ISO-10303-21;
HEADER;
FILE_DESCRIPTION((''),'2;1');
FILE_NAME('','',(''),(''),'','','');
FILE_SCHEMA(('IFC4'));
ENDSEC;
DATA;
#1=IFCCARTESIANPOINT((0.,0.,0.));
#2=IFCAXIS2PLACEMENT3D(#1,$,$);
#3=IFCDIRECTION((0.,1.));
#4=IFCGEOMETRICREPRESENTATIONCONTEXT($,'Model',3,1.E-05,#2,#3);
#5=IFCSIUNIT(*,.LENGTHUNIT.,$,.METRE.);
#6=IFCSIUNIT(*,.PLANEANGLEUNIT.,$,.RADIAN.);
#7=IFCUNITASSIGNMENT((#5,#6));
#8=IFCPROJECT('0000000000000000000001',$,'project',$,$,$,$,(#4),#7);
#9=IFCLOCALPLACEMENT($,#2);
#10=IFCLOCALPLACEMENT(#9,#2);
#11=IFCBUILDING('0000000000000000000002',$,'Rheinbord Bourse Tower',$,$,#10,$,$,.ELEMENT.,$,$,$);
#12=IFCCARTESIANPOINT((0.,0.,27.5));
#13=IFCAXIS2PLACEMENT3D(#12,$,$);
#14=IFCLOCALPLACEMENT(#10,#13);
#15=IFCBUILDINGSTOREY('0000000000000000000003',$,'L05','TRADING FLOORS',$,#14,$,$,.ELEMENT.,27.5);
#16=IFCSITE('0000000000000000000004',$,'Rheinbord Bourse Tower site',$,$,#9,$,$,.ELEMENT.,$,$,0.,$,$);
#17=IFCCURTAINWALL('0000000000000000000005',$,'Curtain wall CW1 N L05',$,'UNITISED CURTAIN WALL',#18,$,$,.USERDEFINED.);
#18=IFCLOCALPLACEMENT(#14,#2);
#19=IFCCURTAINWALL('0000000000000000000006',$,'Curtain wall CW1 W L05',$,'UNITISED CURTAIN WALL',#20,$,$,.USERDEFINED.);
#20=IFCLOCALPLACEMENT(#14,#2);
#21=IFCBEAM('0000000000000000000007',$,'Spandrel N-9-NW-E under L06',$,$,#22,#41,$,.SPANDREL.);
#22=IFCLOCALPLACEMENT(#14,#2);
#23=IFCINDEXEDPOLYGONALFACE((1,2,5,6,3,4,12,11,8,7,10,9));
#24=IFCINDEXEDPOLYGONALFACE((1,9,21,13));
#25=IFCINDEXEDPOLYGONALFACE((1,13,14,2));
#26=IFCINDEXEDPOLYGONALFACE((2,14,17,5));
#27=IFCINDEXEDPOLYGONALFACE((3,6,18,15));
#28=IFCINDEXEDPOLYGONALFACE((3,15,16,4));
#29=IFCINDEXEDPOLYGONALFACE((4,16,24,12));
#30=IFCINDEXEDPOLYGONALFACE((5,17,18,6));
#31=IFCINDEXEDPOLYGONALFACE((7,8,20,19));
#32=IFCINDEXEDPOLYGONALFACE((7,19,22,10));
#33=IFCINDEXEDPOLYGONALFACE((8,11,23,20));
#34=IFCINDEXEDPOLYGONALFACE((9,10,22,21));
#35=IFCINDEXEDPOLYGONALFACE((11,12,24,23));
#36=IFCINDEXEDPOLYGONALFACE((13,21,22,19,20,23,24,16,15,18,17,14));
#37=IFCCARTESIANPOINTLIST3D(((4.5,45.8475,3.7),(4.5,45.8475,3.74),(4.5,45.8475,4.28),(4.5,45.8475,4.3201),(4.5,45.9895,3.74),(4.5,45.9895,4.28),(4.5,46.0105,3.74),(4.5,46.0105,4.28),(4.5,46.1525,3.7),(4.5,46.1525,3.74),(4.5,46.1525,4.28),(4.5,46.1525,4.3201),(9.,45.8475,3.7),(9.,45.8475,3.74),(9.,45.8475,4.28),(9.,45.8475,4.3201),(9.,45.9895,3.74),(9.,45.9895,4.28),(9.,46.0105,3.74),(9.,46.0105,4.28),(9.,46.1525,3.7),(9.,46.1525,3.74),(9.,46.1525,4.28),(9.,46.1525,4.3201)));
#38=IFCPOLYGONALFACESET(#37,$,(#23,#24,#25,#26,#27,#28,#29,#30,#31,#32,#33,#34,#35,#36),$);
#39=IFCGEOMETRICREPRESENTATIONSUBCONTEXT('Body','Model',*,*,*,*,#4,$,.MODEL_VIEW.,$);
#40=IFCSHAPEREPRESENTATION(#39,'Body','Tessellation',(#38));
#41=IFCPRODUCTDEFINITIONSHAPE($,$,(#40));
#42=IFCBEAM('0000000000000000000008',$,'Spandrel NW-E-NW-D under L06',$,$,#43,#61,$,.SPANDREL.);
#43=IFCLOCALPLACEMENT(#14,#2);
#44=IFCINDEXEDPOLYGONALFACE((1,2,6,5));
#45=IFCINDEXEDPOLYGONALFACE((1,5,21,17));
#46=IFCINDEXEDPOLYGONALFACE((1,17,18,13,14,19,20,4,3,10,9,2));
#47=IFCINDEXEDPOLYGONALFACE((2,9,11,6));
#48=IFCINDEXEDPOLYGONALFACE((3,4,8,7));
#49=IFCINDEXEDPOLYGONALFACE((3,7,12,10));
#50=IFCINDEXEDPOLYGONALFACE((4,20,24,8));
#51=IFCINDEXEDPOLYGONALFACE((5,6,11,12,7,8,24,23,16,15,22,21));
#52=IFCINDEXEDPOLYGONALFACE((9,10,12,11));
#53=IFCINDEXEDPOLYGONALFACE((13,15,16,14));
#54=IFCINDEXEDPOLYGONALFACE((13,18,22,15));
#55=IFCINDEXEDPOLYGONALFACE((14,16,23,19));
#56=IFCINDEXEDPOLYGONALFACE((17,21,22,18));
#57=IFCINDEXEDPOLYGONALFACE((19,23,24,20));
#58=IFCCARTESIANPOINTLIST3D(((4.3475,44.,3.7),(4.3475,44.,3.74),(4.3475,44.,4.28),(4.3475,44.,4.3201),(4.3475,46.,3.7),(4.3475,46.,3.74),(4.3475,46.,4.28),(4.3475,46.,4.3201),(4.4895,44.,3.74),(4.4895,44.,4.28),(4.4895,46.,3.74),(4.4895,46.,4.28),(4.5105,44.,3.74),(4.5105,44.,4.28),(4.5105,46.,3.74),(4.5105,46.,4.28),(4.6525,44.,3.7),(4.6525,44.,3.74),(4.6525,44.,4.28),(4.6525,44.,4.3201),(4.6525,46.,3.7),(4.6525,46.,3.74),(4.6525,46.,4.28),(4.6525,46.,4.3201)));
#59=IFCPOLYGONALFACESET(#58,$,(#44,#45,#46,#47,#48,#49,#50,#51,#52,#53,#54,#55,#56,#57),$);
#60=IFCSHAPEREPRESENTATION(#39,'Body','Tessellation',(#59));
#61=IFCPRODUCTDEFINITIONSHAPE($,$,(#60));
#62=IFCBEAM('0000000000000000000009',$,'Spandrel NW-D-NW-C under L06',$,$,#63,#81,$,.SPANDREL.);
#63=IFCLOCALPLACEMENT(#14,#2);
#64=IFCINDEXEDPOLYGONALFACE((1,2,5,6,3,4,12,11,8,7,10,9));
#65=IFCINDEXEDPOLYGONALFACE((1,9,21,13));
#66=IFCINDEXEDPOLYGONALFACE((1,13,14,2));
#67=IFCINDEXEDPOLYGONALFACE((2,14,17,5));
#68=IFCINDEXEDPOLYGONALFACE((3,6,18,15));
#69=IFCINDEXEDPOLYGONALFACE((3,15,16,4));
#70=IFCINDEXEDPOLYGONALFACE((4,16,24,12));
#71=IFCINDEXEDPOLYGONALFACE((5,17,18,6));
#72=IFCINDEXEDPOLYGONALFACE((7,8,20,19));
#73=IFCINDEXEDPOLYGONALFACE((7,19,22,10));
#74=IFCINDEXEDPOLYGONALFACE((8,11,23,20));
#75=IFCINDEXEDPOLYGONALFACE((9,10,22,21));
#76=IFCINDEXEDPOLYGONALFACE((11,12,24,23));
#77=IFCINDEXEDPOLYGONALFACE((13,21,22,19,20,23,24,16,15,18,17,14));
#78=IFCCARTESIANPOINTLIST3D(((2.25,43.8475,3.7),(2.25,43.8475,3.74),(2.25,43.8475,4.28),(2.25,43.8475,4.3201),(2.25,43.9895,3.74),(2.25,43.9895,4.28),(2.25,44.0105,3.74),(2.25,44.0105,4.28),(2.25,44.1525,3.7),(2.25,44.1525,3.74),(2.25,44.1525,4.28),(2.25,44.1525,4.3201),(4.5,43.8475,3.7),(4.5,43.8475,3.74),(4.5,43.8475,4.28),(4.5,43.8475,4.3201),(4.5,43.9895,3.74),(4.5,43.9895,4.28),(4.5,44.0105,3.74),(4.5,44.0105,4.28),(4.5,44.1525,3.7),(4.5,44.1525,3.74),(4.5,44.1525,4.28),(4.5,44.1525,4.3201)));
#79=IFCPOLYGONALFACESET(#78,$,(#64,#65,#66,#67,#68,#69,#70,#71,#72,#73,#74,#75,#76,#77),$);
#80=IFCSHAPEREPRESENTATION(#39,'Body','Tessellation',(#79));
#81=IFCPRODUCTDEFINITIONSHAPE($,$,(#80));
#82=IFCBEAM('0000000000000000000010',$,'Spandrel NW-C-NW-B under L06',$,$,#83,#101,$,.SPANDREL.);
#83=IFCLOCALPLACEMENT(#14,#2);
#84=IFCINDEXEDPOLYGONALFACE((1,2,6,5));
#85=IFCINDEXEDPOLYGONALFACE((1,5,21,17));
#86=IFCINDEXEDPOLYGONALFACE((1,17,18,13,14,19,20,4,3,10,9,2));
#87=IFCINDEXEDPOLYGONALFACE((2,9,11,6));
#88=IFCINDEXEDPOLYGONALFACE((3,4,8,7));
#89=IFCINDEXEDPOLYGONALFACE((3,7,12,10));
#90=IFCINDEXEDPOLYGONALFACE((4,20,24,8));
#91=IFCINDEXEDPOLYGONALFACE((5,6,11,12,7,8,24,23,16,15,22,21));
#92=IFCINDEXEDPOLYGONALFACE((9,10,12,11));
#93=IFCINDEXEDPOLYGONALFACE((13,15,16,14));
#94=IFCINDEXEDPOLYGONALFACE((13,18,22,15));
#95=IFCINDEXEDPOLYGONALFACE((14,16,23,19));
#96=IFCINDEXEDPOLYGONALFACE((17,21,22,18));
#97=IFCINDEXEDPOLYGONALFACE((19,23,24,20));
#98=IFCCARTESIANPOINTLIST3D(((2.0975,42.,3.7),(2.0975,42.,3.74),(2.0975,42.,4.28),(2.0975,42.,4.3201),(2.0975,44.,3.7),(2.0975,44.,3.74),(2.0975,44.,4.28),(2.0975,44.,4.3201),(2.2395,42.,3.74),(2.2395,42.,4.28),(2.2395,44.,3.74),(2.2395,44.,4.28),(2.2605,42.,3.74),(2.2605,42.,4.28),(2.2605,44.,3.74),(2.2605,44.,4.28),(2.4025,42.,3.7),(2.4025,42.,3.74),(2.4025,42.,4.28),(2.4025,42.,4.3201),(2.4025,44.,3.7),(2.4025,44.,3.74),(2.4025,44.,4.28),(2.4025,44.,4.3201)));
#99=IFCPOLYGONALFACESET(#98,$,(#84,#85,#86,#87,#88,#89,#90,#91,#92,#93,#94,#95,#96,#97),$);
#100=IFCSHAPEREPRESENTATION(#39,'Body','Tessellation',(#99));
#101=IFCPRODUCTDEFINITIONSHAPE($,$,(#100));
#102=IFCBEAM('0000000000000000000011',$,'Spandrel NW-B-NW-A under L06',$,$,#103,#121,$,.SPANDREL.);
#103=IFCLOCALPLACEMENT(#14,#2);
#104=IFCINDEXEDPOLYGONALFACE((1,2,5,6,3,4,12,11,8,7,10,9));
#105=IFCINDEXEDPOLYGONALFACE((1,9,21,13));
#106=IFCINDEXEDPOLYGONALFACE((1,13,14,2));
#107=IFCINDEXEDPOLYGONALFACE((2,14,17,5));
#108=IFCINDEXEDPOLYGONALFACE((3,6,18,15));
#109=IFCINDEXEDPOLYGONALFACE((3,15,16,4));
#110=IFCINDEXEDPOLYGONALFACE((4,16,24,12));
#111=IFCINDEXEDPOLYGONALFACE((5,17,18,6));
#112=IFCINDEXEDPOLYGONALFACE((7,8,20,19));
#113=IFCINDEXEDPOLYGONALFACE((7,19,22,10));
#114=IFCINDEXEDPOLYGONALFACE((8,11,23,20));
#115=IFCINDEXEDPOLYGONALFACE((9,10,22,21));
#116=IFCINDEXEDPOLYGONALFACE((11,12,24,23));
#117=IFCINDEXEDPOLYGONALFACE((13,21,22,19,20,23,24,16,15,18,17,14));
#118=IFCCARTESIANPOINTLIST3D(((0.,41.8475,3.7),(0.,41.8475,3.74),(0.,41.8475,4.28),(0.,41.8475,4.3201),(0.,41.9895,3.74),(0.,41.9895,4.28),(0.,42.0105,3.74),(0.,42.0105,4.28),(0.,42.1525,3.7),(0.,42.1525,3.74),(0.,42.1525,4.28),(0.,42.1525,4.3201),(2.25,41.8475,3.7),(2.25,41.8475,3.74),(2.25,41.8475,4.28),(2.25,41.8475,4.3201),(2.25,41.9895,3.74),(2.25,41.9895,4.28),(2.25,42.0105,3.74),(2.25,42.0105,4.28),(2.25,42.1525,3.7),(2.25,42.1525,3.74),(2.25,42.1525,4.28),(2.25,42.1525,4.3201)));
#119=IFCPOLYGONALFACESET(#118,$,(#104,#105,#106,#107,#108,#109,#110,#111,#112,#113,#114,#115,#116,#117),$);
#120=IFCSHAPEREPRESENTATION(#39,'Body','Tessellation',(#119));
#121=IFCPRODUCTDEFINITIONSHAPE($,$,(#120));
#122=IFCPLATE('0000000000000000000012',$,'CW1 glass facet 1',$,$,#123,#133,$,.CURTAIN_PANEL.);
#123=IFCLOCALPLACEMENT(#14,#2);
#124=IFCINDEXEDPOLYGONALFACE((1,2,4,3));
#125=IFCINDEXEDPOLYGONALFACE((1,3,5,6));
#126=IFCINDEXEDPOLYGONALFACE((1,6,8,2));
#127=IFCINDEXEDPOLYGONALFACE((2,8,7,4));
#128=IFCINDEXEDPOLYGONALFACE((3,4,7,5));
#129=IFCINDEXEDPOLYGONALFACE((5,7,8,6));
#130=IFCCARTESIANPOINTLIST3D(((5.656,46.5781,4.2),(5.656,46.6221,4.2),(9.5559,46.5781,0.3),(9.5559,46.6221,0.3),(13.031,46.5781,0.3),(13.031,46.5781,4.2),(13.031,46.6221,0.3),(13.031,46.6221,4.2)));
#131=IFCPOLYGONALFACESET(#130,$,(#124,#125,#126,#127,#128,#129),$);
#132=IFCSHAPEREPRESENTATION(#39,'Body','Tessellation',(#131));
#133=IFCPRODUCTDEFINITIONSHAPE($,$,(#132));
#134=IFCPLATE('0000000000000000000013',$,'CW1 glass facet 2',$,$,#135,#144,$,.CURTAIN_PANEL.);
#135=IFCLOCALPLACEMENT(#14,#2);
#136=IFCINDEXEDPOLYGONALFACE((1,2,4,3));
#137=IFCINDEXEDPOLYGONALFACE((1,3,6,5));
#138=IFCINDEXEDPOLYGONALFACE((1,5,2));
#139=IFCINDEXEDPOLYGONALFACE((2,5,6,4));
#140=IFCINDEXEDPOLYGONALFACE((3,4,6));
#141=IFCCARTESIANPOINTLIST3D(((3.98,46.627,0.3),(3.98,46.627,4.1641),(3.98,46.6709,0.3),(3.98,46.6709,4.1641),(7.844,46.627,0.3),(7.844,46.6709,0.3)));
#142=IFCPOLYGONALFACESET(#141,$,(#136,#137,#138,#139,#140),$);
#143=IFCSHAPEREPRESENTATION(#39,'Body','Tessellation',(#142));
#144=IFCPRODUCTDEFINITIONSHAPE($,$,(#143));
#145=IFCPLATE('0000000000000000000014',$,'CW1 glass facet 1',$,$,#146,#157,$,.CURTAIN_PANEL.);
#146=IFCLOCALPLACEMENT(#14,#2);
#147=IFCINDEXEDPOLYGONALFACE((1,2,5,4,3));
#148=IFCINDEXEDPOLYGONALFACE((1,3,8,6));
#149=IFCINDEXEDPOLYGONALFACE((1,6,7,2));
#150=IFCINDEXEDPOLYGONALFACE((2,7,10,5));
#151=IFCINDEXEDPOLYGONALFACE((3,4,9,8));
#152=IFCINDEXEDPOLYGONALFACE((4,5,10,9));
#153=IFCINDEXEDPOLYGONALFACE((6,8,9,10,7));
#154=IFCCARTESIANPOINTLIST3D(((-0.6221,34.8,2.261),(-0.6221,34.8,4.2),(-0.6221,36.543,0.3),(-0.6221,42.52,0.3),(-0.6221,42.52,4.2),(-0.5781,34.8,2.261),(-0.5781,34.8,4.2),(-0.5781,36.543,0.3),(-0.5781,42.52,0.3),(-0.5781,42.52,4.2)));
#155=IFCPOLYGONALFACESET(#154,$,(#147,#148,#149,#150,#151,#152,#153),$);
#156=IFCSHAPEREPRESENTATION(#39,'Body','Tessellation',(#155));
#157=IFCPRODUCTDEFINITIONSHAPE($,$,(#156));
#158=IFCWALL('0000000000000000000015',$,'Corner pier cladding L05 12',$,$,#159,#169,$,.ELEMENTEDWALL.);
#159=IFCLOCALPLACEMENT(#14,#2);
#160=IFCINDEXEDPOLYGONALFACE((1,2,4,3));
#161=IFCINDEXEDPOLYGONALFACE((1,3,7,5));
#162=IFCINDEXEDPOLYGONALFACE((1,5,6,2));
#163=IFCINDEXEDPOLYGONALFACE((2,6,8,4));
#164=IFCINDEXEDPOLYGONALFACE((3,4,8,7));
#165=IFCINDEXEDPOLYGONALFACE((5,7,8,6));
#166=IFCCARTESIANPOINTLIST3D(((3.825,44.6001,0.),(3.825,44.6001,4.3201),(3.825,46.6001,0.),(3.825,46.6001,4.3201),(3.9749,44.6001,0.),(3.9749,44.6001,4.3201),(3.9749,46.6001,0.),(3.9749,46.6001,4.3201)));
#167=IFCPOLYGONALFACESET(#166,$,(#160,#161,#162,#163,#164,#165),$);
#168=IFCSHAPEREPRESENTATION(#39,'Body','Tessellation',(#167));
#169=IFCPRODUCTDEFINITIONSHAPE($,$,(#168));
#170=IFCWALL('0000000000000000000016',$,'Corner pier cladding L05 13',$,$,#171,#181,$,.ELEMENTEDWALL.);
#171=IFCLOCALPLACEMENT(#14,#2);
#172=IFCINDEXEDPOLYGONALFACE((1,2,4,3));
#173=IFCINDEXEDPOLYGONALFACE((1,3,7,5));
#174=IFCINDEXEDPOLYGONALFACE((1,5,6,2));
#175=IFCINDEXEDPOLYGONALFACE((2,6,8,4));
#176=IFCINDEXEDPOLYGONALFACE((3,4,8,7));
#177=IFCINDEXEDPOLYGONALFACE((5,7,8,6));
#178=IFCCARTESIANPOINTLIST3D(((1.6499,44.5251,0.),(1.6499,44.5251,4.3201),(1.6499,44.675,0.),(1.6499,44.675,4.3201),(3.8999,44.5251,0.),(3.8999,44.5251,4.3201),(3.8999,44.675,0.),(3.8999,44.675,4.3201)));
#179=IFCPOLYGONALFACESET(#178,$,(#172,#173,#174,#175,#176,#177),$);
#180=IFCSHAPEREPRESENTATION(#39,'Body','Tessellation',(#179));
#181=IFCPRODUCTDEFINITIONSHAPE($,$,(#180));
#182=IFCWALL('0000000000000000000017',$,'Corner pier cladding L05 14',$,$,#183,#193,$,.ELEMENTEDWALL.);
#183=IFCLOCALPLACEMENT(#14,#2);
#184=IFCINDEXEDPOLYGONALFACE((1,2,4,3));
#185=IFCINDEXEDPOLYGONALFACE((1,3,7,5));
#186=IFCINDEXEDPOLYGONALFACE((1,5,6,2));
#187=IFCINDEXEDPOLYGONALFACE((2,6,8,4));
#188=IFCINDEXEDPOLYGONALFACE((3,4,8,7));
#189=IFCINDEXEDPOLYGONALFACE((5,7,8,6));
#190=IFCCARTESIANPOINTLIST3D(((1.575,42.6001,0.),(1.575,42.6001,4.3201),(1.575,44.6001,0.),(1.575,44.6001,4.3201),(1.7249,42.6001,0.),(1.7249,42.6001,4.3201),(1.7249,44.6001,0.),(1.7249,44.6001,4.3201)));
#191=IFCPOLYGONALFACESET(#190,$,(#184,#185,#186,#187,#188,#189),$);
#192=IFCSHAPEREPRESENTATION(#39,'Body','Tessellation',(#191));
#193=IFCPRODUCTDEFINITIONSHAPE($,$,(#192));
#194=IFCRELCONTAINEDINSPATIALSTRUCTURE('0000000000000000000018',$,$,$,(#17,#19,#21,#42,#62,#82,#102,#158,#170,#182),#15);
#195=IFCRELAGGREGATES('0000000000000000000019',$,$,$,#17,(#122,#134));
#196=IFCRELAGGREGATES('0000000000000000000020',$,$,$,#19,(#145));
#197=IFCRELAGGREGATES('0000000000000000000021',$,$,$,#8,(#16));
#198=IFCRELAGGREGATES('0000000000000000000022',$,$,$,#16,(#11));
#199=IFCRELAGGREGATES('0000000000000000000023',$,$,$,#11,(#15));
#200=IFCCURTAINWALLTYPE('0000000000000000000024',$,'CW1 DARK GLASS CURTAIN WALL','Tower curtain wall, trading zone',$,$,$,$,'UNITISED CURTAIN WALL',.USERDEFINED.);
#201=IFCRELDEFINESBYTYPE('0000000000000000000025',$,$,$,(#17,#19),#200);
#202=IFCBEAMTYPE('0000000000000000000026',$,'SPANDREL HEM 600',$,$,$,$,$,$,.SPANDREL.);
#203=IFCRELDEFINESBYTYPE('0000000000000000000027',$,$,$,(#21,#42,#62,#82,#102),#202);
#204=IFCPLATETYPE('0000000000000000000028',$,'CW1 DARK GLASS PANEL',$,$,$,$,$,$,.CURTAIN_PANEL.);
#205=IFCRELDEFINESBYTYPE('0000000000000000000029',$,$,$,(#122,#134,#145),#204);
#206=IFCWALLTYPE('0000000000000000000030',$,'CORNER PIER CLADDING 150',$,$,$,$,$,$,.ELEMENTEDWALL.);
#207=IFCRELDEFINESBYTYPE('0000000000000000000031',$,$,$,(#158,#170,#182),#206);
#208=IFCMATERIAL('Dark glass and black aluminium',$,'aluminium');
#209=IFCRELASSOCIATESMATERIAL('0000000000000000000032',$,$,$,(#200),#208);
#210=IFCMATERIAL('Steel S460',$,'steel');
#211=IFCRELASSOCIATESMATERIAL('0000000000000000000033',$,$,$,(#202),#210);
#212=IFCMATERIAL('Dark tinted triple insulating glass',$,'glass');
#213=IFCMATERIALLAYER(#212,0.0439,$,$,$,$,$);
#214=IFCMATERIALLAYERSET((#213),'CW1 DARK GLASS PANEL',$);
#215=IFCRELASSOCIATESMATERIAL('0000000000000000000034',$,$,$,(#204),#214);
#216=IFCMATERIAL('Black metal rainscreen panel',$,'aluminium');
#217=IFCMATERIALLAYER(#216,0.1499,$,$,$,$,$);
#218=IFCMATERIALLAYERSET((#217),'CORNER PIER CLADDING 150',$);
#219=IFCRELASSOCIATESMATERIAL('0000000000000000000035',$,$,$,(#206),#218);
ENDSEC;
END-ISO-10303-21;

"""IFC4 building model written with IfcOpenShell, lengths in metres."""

from ifc_helpers import new_model, si_unit, direction, frame, frame_2d, origin, origin_2d, place, context, subcontext, project, spatial, polyline, rectangle, i_section, outline, extrude, material, layer, layer_set, material_profile, profile_set, type_object, element, aggregate, save


model = new_model("IFC4")

# Units and contexts
model_context = context("Model", 3, precision=1e-05, world=origin(), true_north=direction((0.0, 1.0)))
body_context = subcontext(model_context, "Body", "Model", "MODEL_VIEW")
ifc_project = project(units=[si_unit("LENGTHUNIT", "METRE"), si_unit("PLANEANGLEUNIT", "RADIAN")], contexts=[model_context])

# Site, building, storey
site_placement = place(None, origin())
site = spatial("IfcSite", under=ifc_project, at=site_placement, Name="Rheinbord Bourse Tower site", CompositionType="ELEMENT", RefElevation=0.0)
building_placement = place(site_placement, origin())
building = spatial("IfcBuilding", under=site, at=building_placement, Name="Rheinbord Bourse Tower", CompositionType="ELEMENT")
storey_placement = place(building_placement, frame((0.0, 0.0, 27.5)))
storey = spatial("IfcBuildingStorey", under=building, at=storey_placement, Name="L05", Description="TRADING FLOORS", CompositionType="ELEMENT", Elevation=27.5)

# Curtain wall
ifc_material_1 = material(Name="Dark glass and black aluminium", Category="aluminium")
curtain_wall_type = type_object("IfcCurtainWallType", Name="CW1 DARK GLASS CURTAIN WALL", Description="Tower curtain wall, trading zone", ElementType="UNITISED CURTAIN WALL", PredefinedType="USERDEFINED", material=ifc_material_1)
curtain_wall_1_placement = place(storey_placement, origin())
curtain_wall_1 = element("IfcCurtainWall", 1, at=curtain_wall_1_placement, inside=storey, type_object=curtain_wall_type, Name="Curtain wall CW1 N L05", ObjectType="UNITISED CURTAIN WALL", PredefinedType="USERDEFINED")

# Curtain wall
curtain_wall_2_placement = place(storey_placement, origin())
curtain_wall_2 = element("IfcCurtainWall", 2, at=curtain_wall_2_placement, inside=storey, type_object=curtain_wall_type, Name="Curtain wall CW1 W L05", ObjectType="UNITISED CURTAIN WALL", PredefinedType="USERDEFINED")

# Beams
ifc_material_2 = material(Name="Steel S460", Category="steel")
ifc_material_profile_1 = material_profile(ifc_material_2, i_section(OverallWidth=0.3049, OverallDepth=0.6201, WebThickness=0.021, FlangeThickness=0.04, at=origin_2d()), Name="HEM 600")
ifc_profile_set_1 = profile_set([ifc_material_profile_1], Name="Steel S460")
beam_type_1 = type_object("IfcBeamType", Name="SPANDREL HEM 600", PredefinedType="SPANDREL", material=ifc_profile_set_1)
for number, where, z_axis, x_axis, name in (
    (3, (9.0, 46.0, 4.01), (-1.0, 0.0, 0.0), (0.0, -1.0, 0.0), "Spandrel N-9-NW-E under L06"),
):
    element("IfcBeam", number, at=place(storey_placement, frame(where, z_axis=z_axis, x_axis=x_axis)), inside=storey, type_object=beam_type_1, Name=name, PredefinedType="SPANDREL", context=body_context, shape_type="SweptSolid", body=[
        extrude(i_section(OverallWidth=0.3049, OverallDepth=0.6201, WebThickness=0.021, FlangeThickness=0.04, at=origin_2d()), origin(), (0.0, 0.0, 1.0), 4.5),
    ])
beam_1_placement = place(storey_placement, frame((4.5, 46.0, 4.01), z_axis=(0.0, -1.0, 0.0), x_axis=(1.0, 0.0, 0.0)))
element("IfcBeam", 4, at=beam_1_placement, inside=storey, type_object=beam_type_1, Name="Spandrel NW-E-NW-D under L06", PredefinedType="SPANDREL", context=body_context, shape_type="SweptSolid", body=[
    extrude(i_section(OverallWidth=0.3049, OverallDepth=0.6201, WebThickness=0.021, FlangeThickness=0.04, at=origin_2d()), origin(), (0.0, 0.0, 1.0), 2.0),
])
beam_2_placement = place(storey_placement, frame((4.5, 44.0, 4.01), z_axis=(-1.0, 0.0, 0.0), x_axis=(0.0, -1.0, 0.0)))
element("IfcBeam", 5, at=beam_2_placement, inside=storey, type_object=beam_type_1, Name="Spandrel NW-D-NW-C under L06", PredefinedType="SPANDREL", context=body_context, shape_type="SweptSolid", body=[
    extrude(i_section(OverallWidth=0.3049, OverallDepth=0.6201, WebThickness=0.021, FlangeThickness=0.04, at=origin_2d()), origin(), (0.0, 0.0, 1.0), 2.25),
])
beam_3_placement = place(storey_placement, frame((2.25, 44.0, 4.01), z_axis=(0.0, -1.0, 0.0), x_axis=(1.0, 0.0, 0.0)))
element("IfcBeam", 6, at=beam_3_placement, inside=storey, type_object=beam_type_1, Name="Spandrel NW-C-NW-B under L06", PredefinedType="SPANDREL", context=body_context, shape_type="SweptSolid", body=[
    extrude(i_section(OverallWidth=0.3049, OverallDepth=0.6201, WebThickness=0.021, FlangeThickness=0.04, at=origin_2d()), origin(), (0.0, 0.0, 1.0), 2.0),
])
beam_4_placement = place(storey_placement, frame((2.25, 42.0, 4.01), z_axis=(-1.0, 0.0, 0.0), x_axis=(0.0, -1.0, 0.0)))
element("IfcBeam", 7, at=beam_4_placement, inside=storey, type_object=beam_type_1, Name="Spandrel NW-B-NW-A under L06", PredefinedType="SPANDREL", context=body_context, shape_type="SweptSolid", body=[
    extrude(i_section(OverallWidth=0.3049, OverallDepth=0.6201, WebThickness=0.021, FlangeThickness=0.04, at=origin_2d()), origin(), (0.0, 0.0, 1.0), 2.25),
])

# Plates
ifc_material_3 = material(Name="Dark tinted triple insulating glass", Category="glass")
ifc_layer_1 = layer(ifc_material_3, 0.0439)
ifc_layer_set_1 = layer_set([ifc_layer_1], Name="CW1 DARK GLASS PANEL")
plate_type = type_object("IfcPlateType", Name="CW1 DARK GLASS PANEL", PredefinedType="CURTAIN_PANEL", material=ifc_layer_set_1)
plate_1_placement = place(storey_placement, frame((13.031, 46.6221, 0.3), z_axis=(0.0, -1.0, 0.0), x_axis=(0.0, 0.0, 1.0)))
plate_1 = element("IfcPlate", 8, at=plate_1_placement, type_object=plate_type, Name="CW1 glass facet 1", PredefinedType="CURTAIN_PANEL", context=body_context, shape_type="SweptSolid", body=[
    extrude(outline(polyline([(0.0, 0.0), (3.8999, 0.0), (3.8999, 7.375), (0.0, 3.4751), (0.0, 0.0)])), origin(), (0.0, 0.0, 1.0), 0.0439),
])
plate_2_placement = place(storey_placement, frame((3.98, 46.6709, 0.3), z_axis=(0.0, -1.0, 0.0), x_axis=(1.0, 0.0, 0.0)))
plate_2 = element("IfcPlate", 9, at=plate_2_placement, type_object=plate_type, Name="CW1 glass facet 2", PredefinedType="CURTAIN_PANEL", context=body_context, shape_type="SweptSolid", body=[
    extrude(outline(polyline([(0.0, 0.0), (3.864, 0.0), (0.0, 3.864), (0.0, 0.0)])), origin(), (0.0, 0.0, 1.0), 0.0439),
])
aggregate(curtain_wall_1, [plate_1, plate_2])
plate_3_placement = place(storey_placement, frame((-0.6221, 42.52, 0.3), z_axis=(1.0, 0.0, 0.0), x_axis=(0.0, 0.0, 1.0)))
plate_3 = element("IfcPlate", 10, at=plate_3_placement, type_object=plate_type, Name="CW1 glass facet 1", PredefinedType="CURTAIN_PANEL", context=body_context, shape_type="SweptSolid", body=[
    extrude(outline(polyline([(0.0, 0.0), (3.8999, 0.0), (3.8999, 7.72), (1.9609, 7.72), (0.0, 5.9771), (0.0, 0.0)])), origin(), (0.0, 0.0, 1.0), 0.0439),
])
aggregate(curtain_wall_2, [plate_3])

# Walls
ifc_material_4 = material(Name="Black metal rainscreen panel", Category="aluminium")
ifc_layer_2 = layer(ifc_material_4, 0.1499)
ifc_layer_set_2 = layer_set([ifc_layer_2], Name="CORNER PIER CLADDING 150")
wall_type = type_object("IfcWallType", Name="CORNER PIER CLADDING 150", PredefinedType="ELEMENTEDWALL", material=ifc_layer_set_2)
wall_1_placement = place(storey_placement, frame((3.8999, 46.6001, 0.0), z_axis=(0.0, 0.0, 1.0), x_axis=(0.0, -1.0, 0.0)))
element("IfcWall", 11, at=wall_1_placement, inside=storey, type_object=wall_type, Name="Corner pier cladding L05 12", PredefinedType="ELEMENTEDWALL", context=body_context, shape_type="SweptSolid", body=[
    extrude(rectangle(XDim=2.0, YDim=0.1499, at=frame_2d((1.0, 0.0))), origin(), (0.0, 0.0, 1.0), 4.3201),
])
wall_2_placement = place(storey_placement, frame((3.8999, 44.6001, 0.0), z_axis=(0.0, 0.0, 1.0), x_axis=(-1.0, 0.0, 0.0)))
element("IfcWall", 12, at=wall_2_placement, inside=storey, type_object=wall_type, Name="Corner pier cladding L05 13", PredefinedType="ELEMENTEDWALL", context=body_context, shape_type="SweptSolid", body=[
    extrude(rectangle(XDim=2.25, YDim=0.1499, at=frame_2d((1.125, 0.0))), origin(), (0.0, 0.0, 1.0), 4.3201),
])
wall_3_placement = place(storey_placement, frame((1.6499, 44.6001, 0.0), z_axis=(0.0, 0.0, 1.0), x_axis=(0.0, -1.0, 0.0)))
element("IfcWall", 13, at=wall_3_placement, inside=storey, type_object=wall_type, Name="Corner pier cladding L05 14", PredefinedType="ELEMENTEDWALL", context=body_context, shape_type="SweptSolid", body=[
    extrude(rectangle(XDim=2.0, YDim=0.1499, at=frame_2d((1.0, 0.0))), origin(), (0.0, 0.0, 1.0), 4.3201),
])

save(model, "model.ifc")
